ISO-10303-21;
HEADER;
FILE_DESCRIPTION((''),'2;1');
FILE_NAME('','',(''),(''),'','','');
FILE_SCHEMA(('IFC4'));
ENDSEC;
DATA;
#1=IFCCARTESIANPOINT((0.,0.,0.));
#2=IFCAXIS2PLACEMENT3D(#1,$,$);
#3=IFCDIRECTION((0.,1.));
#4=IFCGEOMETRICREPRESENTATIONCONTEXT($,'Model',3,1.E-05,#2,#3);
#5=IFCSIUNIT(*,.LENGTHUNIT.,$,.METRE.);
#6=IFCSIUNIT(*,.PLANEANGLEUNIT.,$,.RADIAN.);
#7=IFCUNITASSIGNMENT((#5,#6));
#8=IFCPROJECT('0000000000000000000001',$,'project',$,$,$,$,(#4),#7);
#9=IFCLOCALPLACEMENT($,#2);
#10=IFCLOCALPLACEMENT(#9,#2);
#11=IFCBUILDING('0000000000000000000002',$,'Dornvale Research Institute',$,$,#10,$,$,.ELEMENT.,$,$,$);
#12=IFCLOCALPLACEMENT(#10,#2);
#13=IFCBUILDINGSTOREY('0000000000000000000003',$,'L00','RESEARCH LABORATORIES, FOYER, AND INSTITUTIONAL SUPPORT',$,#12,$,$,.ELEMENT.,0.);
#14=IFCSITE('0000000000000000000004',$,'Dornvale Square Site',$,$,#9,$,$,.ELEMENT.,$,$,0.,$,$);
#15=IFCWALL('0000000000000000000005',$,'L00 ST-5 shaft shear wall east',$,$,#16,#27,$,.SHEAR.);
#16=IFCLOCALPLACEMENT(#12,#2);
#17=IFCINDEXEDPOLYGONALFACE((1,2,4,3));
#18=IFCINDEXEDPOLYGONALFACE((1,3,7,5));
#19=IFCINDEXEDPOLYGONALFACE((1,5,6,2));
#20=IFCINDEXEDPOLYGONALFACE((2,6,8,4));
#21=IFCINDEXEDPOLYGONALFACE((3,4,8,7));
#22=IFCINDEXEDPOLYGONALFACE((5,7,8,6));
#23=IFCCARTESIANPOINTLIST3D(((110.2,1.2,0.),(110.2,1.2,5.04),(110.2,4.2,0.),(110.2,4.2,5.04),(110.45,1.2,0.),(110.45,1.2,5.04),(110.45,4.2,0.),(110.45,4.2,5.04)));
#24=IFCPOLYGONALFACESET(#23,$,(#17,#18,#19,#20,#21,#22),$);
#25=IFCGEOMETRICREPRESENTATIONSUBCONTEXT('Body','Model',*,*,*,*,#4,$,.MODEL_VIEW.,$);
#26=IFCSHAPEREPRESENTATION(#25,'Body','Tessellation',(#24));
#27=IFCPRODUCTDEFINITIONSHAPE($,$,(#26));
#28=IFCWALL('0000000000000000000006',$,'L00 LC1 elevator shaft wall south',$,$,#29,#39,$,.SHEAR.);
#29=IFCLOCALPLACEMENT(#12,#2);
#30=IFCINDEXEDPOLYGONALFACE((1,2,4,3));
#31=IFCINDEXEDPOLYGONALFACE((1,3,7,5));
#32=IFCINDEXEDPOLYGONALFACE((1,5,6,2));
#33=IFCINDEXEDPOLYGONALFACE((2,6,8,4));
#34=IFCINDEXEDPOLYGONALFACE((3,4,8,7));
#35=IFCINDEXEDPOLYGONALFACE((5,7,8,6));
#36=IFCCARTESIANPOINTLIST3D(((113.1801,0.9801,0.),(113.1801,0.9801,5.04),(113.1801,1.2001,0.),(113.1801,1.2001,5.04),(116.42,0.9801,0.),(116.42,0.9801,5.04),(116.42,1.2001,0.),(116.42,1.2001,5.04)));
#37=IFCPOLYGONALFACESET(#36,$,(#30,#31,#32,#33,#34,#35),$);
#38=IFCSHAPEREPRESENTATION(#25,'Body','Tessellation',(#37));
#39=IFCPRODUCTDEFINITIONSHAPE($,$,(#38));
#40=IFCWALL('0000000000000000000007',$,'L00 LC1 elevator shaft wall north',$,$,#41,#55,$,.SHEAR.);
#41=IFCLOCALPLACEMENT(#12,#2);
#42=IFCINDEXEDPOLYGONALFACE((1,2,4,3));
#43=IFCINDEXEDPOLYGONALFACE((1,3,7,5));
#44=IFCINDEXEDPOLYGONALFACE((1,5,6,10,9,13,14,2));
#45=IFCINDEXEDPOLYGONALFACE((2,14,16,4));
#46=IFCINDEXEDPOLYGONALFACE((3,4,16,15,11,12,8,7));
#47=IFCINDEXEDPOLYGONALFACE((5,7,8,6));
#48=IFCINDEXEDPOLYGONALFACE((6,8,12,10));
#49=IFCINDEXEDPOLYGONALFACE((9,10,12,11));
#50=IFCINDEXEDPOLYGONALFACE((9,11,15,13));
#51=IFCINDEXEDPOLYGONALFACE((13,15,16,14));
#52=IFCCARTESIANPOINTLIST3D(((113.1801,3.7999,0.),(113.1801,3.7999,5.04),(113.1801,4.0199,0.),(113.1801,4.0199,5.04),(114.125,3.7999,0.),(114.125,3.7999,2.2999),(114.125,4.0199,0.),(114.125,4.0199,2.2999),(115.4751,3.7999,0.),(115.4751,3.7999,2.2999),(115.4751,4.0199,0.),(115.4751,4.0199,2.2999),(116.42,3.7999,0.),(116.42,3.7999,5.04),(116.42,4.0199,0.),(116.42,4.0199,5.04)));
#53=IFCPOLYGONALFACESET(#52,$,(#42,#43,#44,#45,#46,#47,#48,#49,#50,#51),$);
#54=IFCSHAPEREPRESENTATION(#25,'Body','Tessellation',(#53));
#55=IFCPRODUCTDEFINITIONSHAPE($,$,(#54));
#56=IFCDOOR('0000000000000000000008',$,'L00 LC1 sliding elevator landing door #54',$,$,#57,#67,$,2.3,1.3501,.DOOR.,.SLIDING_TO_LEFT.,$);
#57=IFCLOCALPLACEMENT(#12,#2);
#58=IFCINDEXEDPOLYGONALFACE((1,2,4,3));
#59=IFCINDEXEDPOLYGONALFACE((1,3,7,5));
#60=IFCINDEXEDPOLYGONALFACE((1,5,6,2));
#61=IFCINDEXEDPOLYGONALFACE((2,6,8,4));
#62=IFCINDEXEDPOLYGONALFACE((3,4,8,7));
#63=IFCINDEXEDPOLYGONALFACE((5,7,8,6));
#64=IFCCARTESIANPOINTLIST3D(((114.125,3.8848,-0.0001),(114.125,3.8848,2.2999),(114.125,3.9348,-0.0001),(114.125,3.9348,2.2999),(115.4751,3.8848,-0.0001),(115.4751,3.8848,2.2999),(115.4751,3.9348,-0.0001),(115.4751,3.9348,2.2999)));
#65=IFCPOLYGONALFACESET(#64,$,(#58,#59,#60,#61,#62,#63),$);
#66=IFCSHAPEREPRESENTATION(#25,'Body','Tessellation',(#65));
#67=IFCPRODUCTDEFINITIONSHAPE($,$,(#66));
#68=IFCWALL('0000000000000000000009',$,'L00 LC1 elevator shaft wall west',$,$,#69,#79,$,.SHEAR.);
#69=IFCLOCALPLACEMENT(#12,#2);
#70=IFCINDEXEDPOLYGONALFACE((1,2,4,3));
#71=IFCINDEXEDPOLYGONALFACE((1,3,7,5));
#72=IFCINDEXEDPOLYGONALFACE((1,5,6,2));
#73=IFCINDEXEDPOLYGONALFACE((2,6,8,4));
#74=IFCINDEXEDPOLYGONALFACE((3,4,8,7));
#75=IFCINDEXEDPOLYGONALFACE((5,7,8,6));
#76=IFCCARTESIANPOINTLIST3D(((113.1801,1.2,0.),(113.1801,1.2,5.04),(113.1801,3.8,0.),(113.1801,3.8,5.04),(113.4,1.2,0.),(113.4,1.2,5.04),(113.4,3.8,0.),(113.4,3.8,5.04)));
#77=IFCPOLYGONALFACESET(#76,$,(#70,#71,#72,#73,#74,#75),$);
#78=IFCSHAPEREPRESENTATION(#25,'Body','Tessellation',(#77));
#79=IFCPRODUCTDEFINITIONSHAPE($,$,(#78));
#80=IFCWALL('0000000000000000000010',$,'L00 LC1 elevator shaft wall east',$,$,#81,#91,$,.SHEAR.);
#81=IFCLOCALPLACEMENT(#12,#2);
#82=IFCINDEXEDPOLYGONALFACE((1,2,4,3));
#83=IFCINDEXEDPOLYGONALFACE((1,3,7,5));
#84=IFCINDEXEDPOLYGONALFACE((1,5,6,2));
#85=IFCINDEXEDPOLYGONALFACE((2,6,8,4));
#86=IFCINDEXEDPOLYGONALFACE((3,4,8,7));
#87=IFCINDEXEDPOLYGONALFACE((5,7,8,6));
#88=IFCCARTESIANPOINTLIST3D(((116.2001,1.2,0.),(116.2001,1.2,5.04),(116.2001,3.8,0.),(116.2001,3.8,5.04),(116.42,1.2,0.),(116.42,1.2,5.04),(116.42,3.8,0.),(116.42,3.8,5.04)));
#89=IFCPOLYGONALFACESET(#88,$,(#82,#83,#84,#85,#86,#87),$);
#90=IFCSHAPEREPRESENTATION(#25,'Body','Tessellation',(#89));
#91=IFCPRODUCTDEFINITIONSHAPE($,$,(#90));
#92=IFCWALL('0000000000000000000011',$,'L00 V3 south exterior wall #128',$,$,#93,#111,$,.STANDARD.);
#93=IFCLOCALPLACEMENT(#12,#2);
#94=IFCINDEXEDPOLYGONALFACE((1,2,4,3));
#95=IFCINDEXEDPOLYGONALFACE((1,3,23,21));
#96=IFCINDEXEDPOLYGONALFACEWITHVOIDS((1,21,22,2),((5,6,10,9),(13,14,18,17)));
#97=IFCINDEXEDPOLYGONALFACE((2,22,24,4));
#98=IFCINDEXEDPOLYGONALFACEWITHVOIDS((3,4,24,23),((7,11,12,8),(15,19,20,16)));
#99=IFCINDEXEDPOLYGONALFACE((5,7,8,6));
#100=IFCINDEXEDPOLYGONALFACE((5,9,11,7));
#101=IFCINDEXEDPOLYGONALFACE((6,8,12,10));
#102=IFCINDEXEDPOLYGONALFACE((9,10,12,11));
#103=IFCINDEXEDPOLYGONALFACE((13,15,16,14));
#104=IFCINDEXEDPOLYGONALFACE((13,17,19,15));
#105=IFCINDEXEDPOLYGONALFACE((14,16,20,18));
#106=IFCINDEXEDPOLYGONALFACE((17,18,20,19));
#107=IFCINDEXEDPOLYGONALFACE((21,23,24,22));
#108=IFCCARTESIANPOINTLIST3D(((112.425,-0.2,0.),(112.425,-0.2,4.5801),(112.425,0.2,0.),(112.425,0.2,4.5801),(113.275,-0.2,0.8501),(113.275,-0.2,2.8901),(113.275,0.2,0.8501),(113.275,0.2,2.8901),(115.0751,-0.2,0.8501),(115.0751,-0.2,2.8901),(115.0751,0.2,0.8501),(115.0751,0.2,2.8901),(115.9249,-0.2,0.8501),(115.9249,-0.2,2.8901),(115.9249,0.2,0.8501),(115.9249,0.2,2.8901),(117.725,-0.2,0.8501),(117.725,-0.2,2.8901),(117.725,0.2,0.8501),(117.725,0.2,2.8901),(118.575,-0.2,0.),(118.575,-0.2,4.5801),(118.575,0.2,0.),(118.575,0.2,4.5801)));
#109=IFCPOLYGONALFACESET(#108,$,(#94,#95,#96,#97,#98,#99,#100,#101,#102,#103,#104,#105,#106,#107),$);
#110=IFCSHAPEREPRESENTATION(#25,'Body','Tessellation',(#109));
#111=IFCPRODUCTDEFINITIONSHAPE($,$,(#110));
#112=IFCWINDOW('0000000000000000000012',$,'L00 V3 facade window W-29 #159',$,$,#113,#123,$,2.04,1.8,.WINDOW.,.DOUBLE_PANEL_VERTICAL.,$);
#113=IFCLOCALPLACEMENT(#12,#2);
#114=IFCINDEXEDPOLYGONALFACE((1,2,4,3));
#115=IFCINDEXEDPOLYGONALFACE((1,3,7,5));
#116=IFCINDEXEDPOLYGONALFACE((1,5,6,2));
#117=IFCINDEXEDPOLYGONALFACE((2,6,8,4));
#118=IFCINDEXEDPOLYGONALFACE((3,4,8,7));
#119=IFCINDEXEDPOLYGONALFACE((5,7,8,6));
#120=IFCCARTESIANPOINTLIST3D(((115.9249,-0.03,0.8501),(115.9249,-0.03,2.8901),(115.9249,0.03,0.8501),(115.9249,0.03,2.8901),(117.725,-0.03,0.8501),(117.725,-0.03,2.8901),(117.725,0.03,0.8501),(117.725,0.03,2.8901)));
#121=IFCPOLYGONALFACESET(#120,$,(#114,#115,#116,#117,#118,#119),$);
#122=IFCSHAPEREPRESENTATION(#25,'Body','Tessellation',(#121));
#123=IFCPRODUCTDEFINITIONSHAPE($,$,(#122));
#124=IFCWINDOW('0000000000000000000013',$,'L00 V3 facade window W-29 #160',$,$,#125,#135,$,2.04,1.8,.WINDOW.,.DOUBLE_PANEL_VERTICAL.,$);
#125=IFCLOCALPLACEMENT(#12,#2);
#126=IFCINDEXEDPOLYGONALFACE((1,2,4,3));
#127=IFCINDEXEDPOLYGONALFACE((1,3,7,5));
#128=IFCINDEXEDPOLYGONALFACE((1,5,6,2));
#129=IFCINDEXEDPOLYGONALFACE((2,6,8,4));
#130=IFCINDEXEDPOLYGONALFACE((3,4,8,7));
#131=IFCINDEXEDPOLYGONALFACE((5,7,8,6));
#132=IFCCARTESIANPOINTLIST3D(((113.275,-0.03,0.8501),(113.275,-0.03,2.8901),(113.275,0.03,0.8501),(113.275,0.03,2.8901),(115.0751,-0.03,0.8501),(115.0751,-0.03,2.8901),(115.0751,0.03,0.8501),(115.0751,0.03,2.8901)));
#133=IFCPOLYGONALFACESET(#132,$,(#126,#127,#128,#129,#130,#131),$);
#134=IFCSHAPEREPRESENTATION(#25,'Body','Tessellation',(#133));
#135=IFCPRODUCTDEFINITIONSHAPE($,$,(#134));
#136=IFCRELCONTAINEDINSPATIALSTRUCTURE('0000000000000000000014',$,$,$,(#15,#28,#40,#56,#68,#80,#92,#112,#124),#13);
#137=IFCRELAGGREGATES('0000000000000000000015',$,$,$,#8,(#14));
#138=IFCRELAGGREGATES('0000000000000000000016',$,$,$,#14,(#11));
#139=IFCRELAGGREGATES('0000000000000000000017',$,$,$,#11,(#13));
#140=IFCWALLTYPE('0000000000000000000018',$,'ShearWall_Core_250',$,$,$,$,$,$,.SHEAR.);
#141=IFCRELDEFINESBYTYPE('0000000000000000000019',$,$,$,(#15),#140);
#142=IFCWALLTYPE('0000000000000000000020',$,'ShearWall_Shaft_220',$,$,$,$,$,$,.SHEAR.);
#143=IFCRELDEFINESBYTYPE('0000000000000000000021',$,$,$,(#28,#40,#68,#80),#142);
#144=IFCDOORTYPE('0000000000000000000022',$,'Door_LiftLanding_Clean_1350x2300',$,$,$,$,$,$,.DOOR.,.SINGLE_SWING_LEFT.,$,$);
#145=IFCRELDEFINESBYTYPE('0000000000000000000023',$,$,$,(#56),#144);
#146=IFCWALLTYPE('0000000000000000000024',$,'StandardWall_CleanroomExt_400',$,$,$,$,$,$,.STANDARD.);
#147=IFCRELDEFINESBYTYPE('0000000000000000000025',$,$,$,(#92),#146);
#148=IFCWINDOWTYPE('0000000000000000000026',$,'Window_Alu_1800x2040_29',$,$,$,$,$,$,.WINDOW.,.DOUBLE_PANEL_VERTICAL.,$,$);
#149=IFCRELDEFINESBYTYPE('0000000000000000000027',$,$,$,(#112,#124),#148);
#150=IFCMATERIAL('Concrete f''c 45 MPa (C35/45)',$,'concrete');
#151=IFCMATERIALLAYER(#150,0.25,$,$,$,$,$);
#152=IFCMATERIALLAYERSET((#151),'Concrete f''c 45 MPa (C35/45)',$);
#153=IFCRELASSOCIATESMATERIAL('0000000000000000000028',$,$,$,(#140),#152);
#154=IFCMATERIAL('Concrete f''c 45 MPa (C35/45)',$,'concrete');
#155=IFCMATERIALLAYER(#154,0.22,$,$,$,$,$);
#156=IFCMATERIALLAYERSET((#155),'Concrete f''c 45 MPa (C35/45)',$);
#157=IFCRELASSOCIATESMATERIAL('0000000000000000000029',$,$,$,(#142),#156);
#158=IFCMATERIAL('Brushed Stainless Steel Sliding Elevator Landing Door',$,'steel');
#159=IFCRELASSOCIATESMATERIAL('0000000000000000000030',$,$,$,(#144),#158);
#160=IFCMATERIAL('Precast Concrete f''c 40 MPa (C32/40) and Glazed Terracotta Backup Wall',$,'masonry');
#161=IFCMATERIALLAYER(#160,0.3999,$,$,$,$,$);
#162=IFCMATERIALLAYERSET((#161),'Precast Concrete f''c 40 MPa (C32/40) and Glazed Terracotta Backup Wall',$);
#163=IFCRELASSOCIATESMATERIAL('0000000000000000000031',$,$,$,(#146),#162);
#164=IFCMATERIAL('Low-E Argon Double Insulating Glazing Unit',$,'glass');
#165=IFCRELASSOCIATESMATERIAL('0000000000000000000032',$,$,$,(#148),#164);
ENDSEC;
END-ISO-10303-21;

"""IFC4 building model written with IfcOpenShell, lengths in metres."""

from ifc_helpers import new_model, si_unit, direction, frame, frame_2d, origin, place, context, subcontext, project, spatial, rectangle, extrude, material, layer, layer_set, type_object, element, fill, save


model = new_model("IFC4")

# Units and contexts
model_context = context("Model", 3, precision=1e-05, world=origin(), true_north=direction((0.0, 1.0)))
body_context = subcontext(model_context, "Body", "Model", "MODEL_VIEW")
ifc_project = project(units=[si_unit("LENGTHUNIT", "METRE"), si_unit("PLANEANGLEUNIT", "RADIAN")], contexts=[model_context])

# Site, building, storey
site_placement = place(None, origin())
site = spatial("IfcSite", under=ifc_project, at=site_placement, Name="Dornvale Square Site", CompositionType="ELEMENT", RefElevation=0.0)
building_placement = place(site_placement, origin())
building = spatial("IfcBuilding", under=site, at=building_placement, Name="Dornvale Research Institute", CompositionType="ELEMENT")
storey_placement = place(building_placement, origin())
storey = spatial("IfcBuildingStorey", under=building, at=storey_placement, Name="L00", Description="RESEARCH LABORATORIES, FOYER, AND INSTITUTIONAL SUPPORT", CompositionType="ELEMENT", Elevation=0.0)

# Walls
ifc_material_1 = material(Name="Concrete f'c 45 MPa (C35/45)", Category="concrete")
ifc_layer_1 = layer(ifc_material_1, 0.25)
ifc_layer_set_1 = layer_set([ifc_layer_1], Name="Concrete f'c 45 MPa (C35/45)")
wall_type_1 = type_object("IfcWallType", Name="ShearWall_Core_250", PredefinedType="SHEAR", material=ifc_layer_set_1)
wall_1_placement = place(storey_placement, frame((110.325, 1.2, 0.0), z_axis=(0.0, 0.0, 1.0), x_axis=(0.0, 1.0, 0.0)))
element("IfcWall", 1, at=wall_1_placement, inside=storey, type_object=wall_type_1, Name="L00 ST-5 shaft shear wall east", PredefinedType="SHEAR", context=body_context, shape_type="SweptSolid", body=[
    extrude(rectangle(XDim=3.0, YDim=0.25, at=frame_2d((1.5, 0.0))), origin(), (0.0, 0.0, 1.0), 5.04),
])
ifc_material_2 = material(Name="Concrete f'c 45 MPa (C35/45)", Category="concrete")
ifc_layer_2 = layer(ifc_material_2, 0.22)
ifc_layer_set_2 = layer_set([ifc_layer_2], Name="Concrete f'c 45 MPa (C35/45)")
wall_type_2 = type_object("IfcWallType", Name="ShearWall_Shaft_220", PredefinedType="SHEAR", material=ifc_layer_set_2)
wall_2_placement = place(storey_placement, frame((113.1799, 1.0901, 0.0), z_axis=(0.0, 0.0, 1.0), x_axis=(1.0, 0.0, 0.0)))
element("IfcWall", 2, at=wall_2_placement, inside=storey, type_object=wall_type_2, Name="L00 LC1 elevator shaft wall south", PredefinedType="SHEAR", context=body_context, shape_type="SweptSolid", body=[
    extrude(rectangle(XDim=3.24, YDim=0.22, at=frame_2d((1.6201, 0.0))), origin(), (0.0, 0.0, 1.0), 5.04),
])

# Wall, opening, door
wall_3_placement = place(storey_placement, frame((113.1799, 3.9099, 0.0), z_axis=(0.0, 0.0, 1.0), x_axis=(1.0, 0.0, 0.0)))
wall_3 = element("IfcWall", 3, at=wall_3_placement, inside=storey, type_object=wall_type_2, Name="L00 LC1 elevator shaft wall north", PredefinedType="SHEAR", context=body_context, shape_type="SweptSolid", body=[
    extrude(rectangle(XDim=3.24, YDim=0.22, at=frame_2d((1.6201, 0.0))), origin(), (0.0, 0.0, 1.0), 5.04),
])
opening_1_placement = place(wall_3_placement, frame((0.9451, 0.0, 0.0)))
opening_1 = element("IfcOpeningElement", 4, at=opening_1_placement, cuts=wall_3, PredefinedType="OPENING", context=body_context, shape_type="SweptSolid", body=[
    extrude(rectangle(XDim=1.3501, YDim=2.3, at=frame_2d((0.675, 1.1499))), frame((0.0, 0.125, 0.0), z_axis=(0.0, -1.0, 0.0), x_axis=(1.0, 0.0, 0.0)), (0.0, 0.0, 1.0), 0.25),
])
ifc_material_3 = material(Name="Brushed Stainless Steel Sliding Elevator Landing Door", Category="steel")
door_type = type_object("IfcDoorType", Name="Door_LiftLanding_Clean_1350x2300", OperationType="SINGLE_SWING_LEFT", PredefinedType="DOOR", material=ifc_material_3)
door_placement = place(opening_1_placement, origin())
door = element("IfcDoor", 5, at=door_placement, inside=storey, type_object=door_type, Name="L00 LC1 sliding elevator landing door #54", OperationType="SLIDING_TO_LEFT", OverallHeight=2.3, OverallWidth=1.3501, PredefinedType="DOOR", context=body_context, shape_type="SweptSolid", body=[
    extrude(rectangle(XDim=1.3501, YDim=2.3, at=frame_2d((0.675, 1.1499))), frame((0.0, 0.0249, 0.0), z_axis=(0.0, -1.0, 0.0), x_axis=(1.0, 0.0, 0.0)), (0.0, 0.0, 1.0), 0.05),
])
fill(opening_1, door)

# Walls
for number, where, z_axis, x_axis, name in (
    (6, (113.29, 1.2, 0.0), (0.0, 0.0, 1.0), (0.0, 1.0, 0.0), "L00 LC1 elevator shaft wall west"),
    (7, (116.3101, 1.2, 0.0), (0.0, 0.0, 1.0), (0.0, 1.0, 0.0), "L00 LC1 elevator shaft wall east"),
):
    element("IfcWall", number, at=place(storey_placement, frame(where, z_axis=z_axis, x_axis=x_axis)), inside=storey, type_object=wall_type_2, Name=name, PredefinedType="SHEAR", context=body_context, shape_type="SweptSolid", body=[
        extrude(rectangle(XDim=2.6001, YDim=0.22, at=frame_2d((1.3, 0.0))), origin(), (0.0, 0.0, 1.0), 5.04),
    ])

# Wall, openings, windows
ifc_material_4 = material(Name="Precast Concrete f'c 40 MPa (C32/40) and Glazed Terracotta Backup Wall", Category="masonry")
ifc_layer_3 = layer(ifc_material_4, 0.3999)
ifc_layer_set_3 = layer_set([ifc_layer_3], Name="Precast Concrete f'c 40 MPa (C32/40) and Glazed Terracotta Backup Wall")
wall_type_3 = type_object("IfcWallType", Name="StandardWall_CleanroomExt_400", PredefinedType="STANDARD", material=ifc_layer_set_3)
wall_4_placement = place(storey_placement, frame((118.575, 0.0, 0.0), z_axis=(0.0, 0.0, 1.0), x_axis=(-1.0, 0.0, 0.0)))
wall_4 = element("IfcWall", 8, at=wall_4_placement, inside=storey, type_object=wall_type_3, Name="L00 V3 south exterior wall #128", PredefinedType="STANDARD", context=body_context, shape_type="SweptSolid", body=[
    extrude(rectangle(XDim=6.1499, YDim=0.3999, at=frame_2d((3.075, 0.0))), origin(), (0.0, 0.0, 1.0), 4.5801),
])
opening_2_placement = place(wall_4_placement, frame((0.8501, 0.0, 0.8501)))
opening_2 = element("IfcOpeningElement", 9, at=opening_2_placement, cuts=wall_4, PredefinedType="OPENING", context=body_context, shape_type="SweptSolid", body=[
    extrude(rectangle(XDim=1.8, YDim=2.04, at=frame_2d((0.8999, 1.02))), frame((0.0, 0.2148, 0.0), z_axis=(0.0, -1.0, 0.0), x_axis=(1.0, 0.0, 0.0)), (0.0, 0.0, 1.0), 0.4299),
])
opening_3_placement = place(wall_4_placement, frame((3.5, 0.0, 0.8501)))
opening_3 = element("IfcOpeningElement", 10, at=opening_3_placement, cuts=wall_4, PredefinedType="OPENING", context=body_context, shape_type="SweptSolid", body=[
    extrude(rectangle(XDim=1.8, YDim=2.04, at=frame_2d((0.8999, 1.02))), frame((0.0, 0.2148, 0.0), z_axis=(0.0, -1.0, 0.0), x_axis=(1.0, 0.0, 0.0)), (0.0, 0.0, 1.0), 0.4299),
])
ifc_material_5 = material(Name="Low-E Argon Double Insulating Glazing Unit", Category="glass")
window_type = type_object("IfcWindowType", Name="Window_Alu_1800x2040_29", PartitioningType="DOUBLE_PANEL_VERTICAL", PredefinedType="WINDOW", material=ifc_material_5)
window_1_placement = place(opening_2_placement, origin())
window_1 = element("IfcWindow", 11, at=window_1_placement, inside=storey, type_object=window_type, Name="L00 V3 facade window W-29 #159", OverallHeight=2.04, OverallWidth=1.8, PartitioningType="DOUBLE_PANEL_VERTICAL", PredefinedType="WINDOW", context=body_context, shape_type="SweptSolid", body=[
    extrude(rectangle(XDim=1.8, YDim=2.04, at=frame_2d((0.8999, 1.02))), frame((0.0, 0.03, 0.0), z_axis=(0.0, -1.0, 0.0), x_axis=(1.0, 0.0, 0.0)), (0.0, 0.0, 1.0), 0.0601),
])
fill(opening_2, window_1)
window_2_placement = place(opening_3_placement, origin())
window_2 = element("IfcWindow", 12, at=window_2_placement, inside=storey, type_object=window_type, Name="L00 V3 facade window W-29 #160", OverallHeight=2.04, OverallWidth=1.8, PartitioningType="DOUBLE_PANEL_VERTICAL", PredefinedType="WINDOW", context=body_context, shape_type="SweptSolid", body=[
    extrude(rectangle(XDim=1.8, YDim=2.04, at=frame_2d((0.8999, 1.02))), frame((0.0, 0.03, 0.0), z_axis=(0.0, -1.0, 0.0), x_axis=(1.0, 0.0, 0.0)), (0.0, 0.0, 1.0), 0.0601),
])
fill(opening_3, window_2)

save(model, "model.ifc")
